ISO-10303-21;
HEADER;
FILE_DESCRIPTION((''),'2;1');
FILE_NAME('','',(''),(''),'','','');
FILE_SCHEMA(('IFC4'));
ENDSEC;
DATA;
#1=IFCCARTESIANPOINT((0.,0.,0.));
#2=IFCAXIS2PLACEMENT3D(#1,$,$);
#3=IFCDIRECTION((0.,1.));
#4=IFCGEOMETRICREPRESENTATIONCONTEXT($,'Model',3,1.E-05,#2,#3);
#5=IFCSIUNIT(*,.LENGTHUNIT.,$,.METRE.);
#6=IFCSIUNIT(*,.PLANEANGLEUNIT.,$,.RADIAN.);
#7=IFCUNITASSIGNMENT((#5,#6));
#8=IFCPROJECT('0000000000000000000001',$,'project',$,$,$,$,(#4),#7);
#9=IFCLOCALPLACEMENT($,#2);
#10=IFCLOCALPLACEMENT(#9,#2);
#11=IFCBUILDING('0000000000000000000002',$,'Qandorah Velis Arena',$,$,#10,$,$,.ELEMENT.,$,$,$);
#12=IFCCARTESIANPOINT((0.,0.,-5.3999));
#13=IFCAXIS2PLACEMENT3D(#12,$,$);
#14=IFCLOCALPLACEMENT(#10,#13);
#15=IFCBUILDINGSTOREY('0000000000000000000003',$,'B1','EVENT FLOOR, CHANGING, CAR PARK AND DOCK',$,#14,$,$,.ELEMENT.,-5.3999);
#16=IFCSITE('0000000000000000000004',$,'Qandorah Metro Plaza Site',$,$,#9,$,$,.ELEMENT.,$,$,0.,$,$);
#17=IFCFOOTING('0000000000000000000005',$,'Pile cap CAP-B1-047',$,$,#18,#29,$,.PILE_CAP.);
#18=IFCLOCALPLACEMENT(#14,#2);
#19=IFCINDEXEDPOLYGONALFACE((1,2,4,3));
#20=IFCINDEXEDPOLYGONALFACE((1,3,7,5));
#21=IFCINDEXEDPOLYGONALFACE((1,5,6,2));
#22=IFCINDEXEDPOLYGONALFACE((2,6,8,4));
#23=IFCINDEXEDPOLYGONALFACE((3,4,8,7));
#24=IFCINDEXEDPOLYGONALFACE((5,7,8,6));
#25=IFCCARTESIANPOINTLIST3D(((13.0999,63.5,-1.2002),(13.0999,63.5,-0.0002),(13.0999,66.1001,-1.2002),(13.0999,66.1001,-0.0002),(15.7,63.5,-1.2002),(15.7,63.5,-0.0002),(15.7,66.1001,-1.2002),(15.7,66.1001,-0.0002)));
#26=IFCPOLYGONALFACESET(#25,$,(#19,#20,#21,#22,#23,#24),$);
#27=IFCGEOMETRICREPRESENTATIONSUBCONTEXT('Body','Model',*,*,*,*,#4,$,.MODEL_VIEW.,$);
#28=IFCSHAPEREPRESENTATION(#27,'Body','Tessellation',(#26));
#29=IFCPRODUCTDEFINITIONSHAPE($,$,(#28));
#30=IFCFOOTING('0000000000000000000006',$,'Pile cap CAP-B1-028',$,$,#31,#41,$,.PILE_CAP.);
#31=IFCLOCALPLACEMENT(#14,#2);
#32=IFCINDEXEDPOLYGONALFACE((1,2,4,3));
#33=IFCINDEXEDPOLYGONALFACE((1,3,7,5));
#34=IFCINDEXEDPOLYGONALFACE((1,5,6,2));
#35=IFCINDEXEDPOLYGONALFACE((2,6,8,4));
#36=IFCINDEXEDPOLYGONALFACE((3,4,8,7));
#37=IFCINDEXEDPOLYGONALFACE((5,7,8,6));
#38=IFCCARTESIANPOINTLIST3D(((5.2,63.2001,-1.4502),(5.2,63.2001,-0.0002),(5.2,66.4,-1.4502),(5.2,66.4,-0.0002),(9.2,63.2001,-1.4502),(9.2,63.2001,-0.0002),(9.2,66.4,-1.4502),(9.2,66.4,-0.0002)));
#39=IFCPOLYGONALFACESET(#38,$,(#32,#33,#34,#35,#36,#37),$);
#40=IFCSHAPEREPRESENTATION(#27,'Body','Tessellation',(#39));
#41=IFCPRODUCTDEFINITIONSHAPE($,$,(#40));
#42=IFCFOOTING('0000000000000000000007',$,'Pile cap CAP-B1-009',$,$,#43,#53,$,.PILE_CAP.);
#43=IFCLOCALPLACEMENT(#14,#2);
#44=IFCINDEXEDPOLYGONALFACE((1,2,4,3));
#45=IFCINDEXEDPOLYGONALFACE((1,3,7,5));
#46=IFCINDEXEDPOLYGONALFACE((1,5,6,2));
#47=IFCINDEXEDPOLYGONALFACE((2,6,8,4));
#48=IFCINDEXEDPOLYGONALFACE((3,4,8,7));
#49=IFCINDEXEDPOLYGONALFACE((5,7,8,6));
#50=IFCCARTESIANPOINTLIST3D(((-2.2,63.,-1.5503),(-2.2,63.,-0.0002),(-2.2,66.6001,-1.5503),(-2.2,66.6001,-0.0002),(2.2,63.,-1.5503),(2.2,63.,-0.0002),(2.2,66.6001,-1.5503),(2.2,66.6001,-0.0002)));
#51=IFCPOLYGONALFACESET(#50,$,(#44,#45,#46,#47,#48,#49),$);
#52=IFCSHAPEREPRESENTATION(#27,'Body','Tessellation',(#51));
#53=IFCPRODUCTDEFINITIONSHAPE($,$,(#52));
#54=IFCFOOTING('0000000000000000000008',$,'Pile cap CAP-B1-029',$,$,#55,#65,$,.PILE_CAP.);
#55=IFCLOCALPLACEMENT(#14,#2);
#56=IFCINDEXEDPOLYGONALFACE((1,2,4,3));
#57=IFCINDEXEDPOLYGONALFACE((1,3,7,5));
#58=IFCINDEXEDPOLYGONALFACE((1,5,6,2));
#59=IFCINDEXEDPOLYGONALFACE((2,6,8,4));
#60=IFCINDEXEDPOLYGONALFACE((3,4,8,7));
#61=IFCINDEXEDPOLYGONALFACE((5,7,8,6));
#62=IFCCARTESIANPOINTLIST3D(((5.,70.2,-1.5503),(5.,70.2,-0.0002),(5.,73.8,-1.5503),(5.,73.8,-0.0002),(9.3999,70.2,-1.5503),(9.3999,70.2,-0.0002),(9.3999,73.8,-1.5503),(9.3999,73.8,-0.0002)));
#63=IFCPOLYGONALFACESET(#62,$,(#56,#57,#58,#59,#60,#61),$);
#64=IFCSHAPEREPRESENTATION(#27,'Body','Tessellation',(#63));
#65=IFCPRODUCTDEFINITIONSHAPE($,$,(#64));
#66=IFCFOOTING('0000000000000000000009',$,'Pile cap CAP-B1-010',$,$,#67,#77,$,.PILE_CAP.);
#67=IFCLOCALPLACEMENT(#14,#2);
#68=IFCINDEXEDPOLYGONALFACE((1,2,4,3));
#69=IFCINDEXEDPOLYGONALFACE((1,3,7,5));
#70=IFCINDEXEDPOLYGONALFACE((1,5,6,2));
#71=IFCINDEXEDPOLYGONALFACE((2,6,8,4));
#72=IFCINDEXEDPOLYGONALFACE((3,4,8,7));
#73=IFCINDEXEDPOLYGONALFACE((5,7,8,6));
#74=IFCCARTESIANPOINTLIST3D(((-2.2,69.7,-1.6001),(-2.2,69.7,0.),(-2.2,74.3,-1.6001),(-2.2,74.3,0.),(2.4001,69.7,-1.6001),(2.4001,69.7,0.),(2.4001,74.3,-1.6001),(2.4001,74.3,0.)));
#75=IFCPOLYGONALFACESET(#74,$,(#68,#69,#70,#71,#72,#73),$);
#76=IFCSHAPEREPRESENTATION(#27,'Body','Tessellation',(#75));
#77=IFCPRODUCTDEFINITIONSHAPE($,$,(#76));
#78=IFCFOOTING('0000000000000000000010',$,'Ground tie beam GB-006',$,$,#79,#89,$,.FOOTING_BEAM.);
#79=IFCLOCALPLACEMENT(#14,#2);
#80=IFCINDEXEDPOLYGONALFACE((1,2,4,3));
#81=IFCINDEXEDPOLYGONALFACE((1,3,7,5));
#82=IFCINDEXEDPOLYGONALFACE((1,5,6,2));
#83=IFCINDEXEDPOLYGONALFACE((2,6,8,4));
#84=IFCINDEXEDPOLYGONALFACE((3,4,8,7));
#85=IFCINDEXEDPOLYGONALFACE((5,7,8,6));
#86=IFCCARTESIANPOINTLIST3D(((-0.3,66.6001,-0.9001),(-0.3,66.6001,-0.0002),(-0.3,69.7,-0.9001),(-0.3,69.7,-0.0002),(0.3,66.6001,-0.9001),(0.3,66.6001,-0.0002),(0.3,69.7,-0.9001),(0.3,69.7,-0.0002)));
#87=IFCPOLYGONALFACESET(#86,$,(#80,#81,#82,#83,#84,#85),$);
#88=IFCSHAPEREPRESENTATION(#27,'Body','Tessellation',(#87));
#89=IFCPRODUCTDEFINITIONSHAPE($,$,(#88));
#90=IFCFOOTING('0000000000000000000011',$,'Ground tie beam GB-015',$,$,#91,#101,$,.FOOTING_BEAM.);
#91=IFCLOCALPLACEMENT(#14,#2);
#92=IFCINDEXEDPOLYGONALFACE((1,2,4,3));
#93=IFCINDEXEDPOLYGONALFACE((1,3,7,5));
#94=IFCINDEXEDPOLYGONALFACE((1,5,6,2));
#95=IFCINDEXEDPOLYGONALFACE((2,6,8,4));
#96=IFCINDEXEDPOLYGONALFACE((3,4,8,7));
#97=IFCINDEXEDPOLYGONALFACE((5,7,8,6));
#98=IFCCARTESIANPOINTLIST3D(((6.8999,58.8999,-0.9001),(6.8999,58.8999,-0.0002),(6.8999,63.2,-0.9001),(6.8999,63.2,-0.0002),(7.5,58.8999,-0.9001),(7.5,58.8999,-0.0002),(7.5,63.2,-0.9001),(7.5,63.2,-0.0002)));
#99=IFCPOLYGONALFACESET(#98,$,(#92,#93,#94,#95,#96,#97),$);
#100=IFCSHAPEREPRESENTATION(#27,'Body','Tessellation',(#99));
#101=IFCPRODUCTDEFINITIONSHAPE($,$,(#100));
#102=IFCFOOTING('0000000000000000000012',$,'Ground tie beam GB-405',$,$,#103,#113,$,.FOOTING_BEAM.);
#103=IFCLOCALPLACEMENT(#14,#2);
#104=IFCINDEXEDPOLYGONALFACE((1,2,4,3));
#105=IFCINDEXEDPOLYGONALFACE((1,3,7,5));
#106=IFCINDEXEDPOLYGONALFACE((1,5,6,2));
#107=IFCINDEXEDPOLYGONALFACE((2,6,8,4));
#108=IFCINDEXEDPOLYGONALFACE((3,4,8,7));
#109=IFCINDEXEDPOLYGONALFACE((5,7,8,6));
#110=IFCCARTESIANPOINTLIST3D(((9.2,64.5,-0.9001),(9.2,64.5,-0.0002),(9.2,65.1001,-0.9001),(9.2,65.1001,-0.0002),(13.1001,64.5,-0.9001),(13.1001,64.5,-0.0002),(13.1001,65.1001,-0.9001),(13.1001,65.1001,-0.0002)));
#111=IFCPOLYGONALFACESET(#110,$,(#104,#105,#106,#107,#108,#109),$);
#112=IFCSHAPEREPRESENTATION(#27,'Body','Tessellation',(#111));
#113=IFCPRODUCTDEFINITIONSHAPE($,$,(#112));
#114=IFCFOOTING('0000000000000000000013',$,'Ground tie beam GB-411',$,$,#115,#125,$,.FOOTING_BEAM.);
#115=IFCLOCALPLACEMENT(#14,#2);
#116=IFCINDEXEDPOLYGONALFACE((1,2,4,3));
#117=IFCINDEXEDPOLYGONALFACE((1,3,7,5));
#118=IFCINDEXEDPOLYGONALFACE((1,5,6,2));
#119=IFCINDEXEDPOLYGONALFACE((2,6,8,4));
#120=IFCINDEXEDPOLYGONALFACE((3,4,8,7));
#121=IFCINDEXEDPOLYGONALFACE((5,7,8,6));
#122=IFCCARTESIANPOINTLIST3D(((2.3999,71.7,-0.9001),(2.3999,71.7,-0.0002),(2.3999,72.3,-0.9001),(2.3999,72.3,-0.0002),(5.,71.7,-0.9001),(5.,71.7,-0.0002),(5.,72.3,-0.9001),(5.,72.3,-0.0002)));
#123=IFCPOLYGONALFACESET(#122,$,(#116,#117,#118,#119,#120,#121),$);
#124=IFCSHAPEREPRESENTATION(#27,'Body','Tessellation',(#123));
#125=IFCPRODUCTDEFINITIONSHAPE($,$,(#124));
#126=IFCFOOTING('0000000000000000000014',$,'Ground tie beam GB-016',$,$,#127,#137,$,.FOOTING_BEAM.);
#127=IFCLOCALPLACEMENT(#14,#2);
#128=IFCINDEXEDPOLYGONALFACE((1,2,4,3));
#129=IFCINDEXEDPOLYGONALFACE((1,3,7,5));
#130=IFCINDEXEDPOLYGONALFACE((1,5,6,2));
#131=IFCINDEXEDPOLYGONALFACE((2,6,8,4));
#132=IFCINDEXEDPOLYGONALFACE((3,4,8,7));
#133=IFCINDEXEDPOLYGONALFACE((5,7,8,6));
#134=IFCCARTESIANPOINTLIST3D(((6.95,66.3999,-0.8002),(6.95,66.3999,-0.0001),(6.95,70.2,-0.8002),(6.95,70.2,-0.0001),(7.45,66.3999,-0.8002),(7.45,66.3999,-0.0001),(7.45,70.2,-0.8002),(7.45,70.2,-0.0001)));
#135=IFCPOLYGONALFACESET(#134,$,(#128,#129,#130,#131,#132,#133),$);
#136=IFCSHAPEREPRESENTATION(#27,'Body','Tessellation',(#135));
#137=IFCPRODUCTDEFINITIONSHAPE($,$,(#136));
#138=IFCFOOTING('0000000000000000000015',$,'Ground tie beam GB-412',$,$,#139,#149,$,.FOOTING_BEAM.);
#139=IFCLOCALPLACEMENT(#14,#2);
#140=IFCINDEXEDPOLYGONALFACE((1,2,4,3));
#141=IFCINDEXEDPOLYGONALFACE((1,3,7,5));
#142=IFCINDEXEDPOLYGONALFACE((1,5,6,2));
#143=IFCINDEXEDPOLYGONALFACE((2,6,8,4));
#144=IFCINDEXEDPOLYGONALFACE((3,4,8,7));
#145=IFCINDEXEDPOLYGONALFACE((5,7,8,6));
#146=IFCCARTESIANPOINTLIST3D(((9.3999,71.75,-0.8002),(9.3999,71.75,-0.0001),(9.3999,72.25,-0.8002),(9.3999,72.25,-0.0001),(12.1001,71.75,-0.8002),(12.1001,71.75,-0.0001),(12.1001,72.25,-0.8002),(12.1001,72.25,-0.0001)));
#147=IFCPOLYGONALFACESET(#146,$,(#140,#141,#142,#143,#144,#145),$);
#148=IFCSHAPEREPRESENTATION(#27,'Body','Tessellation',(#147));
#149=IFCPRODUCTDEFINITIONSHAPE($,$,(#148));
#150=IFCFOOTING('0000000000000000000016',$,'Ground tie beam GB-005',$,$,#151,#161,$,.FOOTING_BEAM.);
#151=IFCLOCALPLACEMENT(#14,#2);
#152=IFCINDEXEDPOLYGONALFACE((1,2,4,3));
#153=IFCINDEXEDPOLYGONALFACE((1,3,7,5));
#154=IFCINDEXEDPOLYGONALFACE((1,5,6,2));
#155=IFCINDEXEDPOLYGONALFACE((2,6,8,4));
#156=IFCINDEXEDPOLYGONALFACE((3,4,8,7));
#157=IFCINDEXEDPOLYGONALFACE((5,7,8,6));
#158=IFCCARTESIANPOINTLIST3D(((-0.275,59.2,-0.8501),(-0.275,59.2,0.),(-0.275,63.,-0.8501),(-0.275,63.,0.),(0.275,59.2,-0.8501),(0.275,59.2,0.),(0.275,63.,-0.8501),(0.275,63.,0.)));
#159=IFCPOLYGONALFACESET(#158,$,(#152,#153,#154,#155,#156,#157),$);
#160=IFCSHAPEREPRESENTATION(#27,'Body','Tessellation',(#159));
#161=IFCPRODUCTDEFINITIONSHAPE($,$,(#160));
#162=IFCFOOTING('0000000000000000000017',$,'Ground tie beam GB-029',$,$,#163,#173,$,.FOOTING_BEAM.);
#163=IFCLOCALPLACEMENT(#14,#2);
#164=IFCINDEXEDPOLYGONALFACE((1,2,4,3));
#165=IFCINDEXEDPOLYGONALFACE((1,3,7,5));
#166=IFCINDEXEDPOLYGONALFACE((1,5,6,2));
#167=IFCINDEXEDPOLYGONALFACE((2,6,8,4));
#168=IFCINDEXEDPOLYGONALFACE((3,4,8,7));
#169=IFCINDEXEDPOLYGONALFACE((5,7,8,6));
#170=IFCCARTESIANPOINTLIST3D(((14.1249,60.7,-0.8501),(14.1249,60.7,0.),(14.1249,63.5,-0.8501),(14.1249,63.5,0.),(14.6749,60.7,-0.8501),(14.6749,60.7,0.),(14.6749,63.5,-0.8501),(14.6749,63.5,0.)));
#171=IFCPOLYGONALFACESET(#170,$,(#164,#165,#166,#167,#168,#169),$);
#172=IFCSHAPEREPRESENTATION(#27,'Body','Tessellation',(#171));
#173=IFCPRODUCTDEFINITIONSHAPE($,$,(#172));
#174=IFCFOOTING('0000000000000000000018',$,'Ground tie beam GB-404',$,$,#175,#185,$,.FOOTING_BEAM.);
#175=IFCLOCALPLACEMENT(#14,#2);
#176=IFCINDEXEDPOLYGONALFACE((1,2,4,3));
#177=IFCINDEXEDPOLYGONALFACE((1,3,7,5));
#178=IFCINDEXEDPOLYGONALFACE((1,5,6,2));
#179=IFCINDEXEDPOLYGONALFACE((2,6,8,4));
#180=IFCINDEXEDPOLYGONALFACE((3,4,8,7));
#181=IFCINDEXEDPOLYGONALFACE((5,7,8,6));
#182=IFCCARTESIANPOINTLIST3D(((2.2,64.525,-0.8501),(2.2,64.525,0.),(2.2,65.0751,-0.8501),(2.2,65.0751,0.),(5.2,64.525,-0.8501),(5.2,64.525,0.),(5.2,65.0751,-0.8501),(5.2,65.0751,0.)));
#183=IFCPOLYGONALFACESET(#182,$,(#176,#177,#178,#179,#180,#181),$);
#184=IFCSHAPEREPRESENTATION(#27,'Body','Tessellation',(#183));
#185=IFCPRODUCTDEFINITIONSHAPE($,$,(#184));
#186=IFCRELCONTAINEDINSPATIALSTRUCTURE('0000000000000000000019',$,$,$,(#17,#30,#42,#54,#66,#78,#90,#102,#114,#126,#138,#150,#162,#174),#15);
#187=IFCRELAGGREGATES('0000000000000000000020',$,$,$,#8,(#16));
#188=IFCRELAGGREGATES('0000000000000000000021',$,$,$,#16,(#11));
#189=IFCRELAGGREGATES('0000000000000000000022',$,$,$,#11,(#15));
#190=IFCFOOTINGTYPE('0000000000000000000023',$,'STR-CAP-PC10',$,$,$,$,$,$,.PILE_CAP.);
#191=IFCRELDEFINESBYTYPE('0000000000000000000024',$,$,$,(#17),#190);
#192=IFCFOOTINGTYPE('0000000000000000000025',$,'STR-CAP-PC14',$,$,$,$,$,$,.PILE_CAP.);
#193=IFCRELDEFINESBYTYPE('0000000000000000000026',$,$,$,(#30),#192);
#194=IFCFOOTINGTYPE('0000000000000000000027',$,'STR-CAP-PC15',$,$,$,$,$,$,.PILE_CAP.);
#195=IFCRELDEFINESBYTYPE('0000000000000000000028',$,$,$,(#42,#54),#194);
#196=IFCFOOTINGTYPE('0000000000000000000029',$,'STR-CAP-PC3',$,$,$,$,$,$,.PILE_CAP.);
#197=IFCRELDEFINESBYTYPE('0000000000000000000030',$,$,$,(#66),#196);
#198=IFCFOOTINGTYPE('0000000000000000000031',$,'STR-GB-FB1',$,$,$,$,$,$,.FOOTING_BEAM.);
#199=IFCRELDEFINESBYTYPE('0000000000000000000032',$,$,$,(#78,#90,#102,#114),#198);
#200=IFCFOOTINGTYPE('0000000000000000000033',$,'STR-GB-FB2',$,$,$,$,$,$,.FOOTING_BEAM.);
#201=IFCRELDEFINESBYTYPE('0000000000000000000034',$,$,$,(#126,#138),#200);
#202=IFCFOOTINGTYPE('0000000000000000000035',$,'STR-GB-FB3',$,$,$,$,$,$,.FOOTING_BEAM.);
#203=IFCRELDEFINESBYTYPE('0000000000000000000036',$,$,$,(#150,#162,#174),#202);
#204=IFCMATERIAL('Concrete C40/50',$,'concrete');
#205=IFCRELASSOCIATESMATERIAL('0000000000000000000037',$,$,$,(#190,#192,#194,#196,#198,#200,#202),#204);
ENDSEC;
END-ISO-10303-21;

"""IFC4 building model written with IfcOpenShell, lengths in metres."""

from ifc_helpers import new_model, si_unit, direction, frame, origin, origin_2d, place, context, subcontext, project, spatial, rectangle, extrude, material, material_profile, profile_set, type_object, element, save


model = new_model("IFC4")

# Units and contexts
model_context = context("Model", 3, precision=1e-05, world=origin(), true_north=direction((0.0, 1.0)))
body_context = subcontext(model_context, "Body", "Model", "MODEL_VIEW")
ifc_project = project(units=[si_unit("LENGTHUNIT", "METRE"), si_unit("PLANEANGLEUNIT", "RADIAN")], contexts=[model_context])

# Site, building, storey
site_placement = place(None, origin())
site = spatial("IfcSite", under=ifc_project, at=site_placement, Name="Qandorah Metro Plaza Site", CompositionType="ELEMENT", RefElevation=0.0)
building_placement = place(site_placement, origin())
building = spatial("IfcBuilding", under=site, at=building_placement, Name="Qandorah Velis Arena", CompositionType="ELEMENT")
storey_placement = place(building_placement, frame((0.0, 0.0, -5.3999)))
storey = spatial("IfcBuildingStorey", under=building, at=storey_placement, Name="B1", Description="EVENT FLOOR, CHANGING, CAR PARK AND DOCK", CompositionType="ELEMENT", Elevation=-5.3999)

# Footings
ifc_material = material(Name="Concrete C40/50", Category="concrete")
footing_type_1 = type_object("IfcFootingType", Name="STR-CAP-PC10", PredefinedType="PILE_CAP", material=ifc_material)
footing_1_placement = place(storey_placement, frame((14.3999, 64.8, -1.2002), z_axis=(0.0, 0.0, 1.0), x_axis=(1.0, 0.0, 0.0)))
element("IfcFooting", 1, at=footing_1_placement, inside=storey, type_object=footing_type_1, Name="Pile cap CAP-B1-047", PredefinedType="PILE_CAP", context=body_context, shape_type="SweptSolid", body=[
    extrude(rectangle(XDim=2.6001, YDim=2.6001, at=origin_2d()), origin(), (0.0, 0.0, 1.0), 1.2),
])
footing_type_2 = type_object("IfcFootingType", Name="STR-CAP-PC14", PredefinedType="PILE_CAP", material=ifc_material)
footing_2_placement = place(storey_placement, frame((7.2, 64.8, -1.4502), z_axis=(0.0, 0.0, 1.0), x_axis=(1.0, 0.0, 0.0)))
element("IfcFooting", 2, at=footing_2_placement, inside=storey, type_object=footing_type_2, Name="Pile cap CAP-B1-028", PredefinedType="PILE_CAP", context=body_context, shape_type="SweptSolid", body=[
    extrude(rectangle(XDim=4.0, YDim=3.2, at=origin_2d()), origin(), (0.0, 0.0, 1.0), 1.45),
])
footing_type_3 = type_object("IfcFootingType", Name="STR-CAP-PC15", PredefinedType="PILE_CAP", material=ifc_material)
for number, where, z_axis, x_axis, name in (
    (3, (0.0, 64.8, -1.5503), (0.0, 0.0, 1.0), (1.0, 0.0, 0.0), "Pile cap CAP-B1-009"),
    (4, (7.2, 72.0, -1.5503), (0.0, 0.0, 1.0), (1.0, 0.0, 0.0), "Pile cap CAP-B1-029"),
):
    element("IfcFooting", number, at=place(storey_placement, frame(where, z_axis=z_axis, x_axis=x_axis)), inside=storey, type_object=footing_type_3, Name=name, PredefinedType="PILE_CAP", context=body_context, shape_type="SweptSolid", body=[
        extrude(rectangle(XDim=4.3999, YDim=3.6001, at=origin_2d()), origin(), (0.0, 0.0, 1.0), 1.55),
    ])
footing_type_4 = type_object("IfcFootingType", Name="STR-CAP-PC3", PredefinedType="PILE_CAP", material=ifc_material)
footing_3_placement = place(storey_placement, frame((0.1001, 72.0, -1.6001), z_axis=(0.0, 0.0, 1.0), x_axis=(1.0, 0.0, 0.0)))
element("IfcFooting", 5, at=footing_3_placement, inside=storey, type_object=footing_type_4, Name="Pile cap CAP-B1-010", PredefinedType="PILE_CAP", context=body_context, shape_type="SweptSolid", body=[
    extrude(rectangle(XDim=4.6001, YDim=4.6001, at=origin_2d()), origin(), (0.0, 0.0, 1.0), 1.6001),
])
ifc_material_profile_1 = material_profile(ifc_material, rectangle(XDim=0.6001, YDim=0.8999, at=origin_2d()), Name="GB1 600x900")
ifc_profile_set_1 = profile_set([ifc_material_profile_1], Name="Concrete C40/50")
footing_type_5 = type_object("IfcFootingType", Name="STR-GB-FB1", PredefinedType="FOOTING_BEAM", material=ifc_profile_set_1)
footing_4_placement = place(storey_placement, frame((0.0, 66.6001, -0.4502), z_axis=(0.0, 1.0, 0.0), x_axis=(-1.0, 0.0, 0.0)))
element("IfcFooting", 6, at=footing_4_placement, inside=storey, type_object=footing_type_5, Name="Ground tie beam GB-006", PredefinedType="FOOTING_BEAM", context=body_context, shape_type="SweptSolid", body=[
    extrude(rectangle(XDim=0.6001, YDim=0.8999, at=origin_2d()), origin(), (0.0, 0.0, 1.0), 3.0999),
])
footing_5_placement = place(storey_placement, frame((7.2, 58.8999, -0.4502), z_axis=(0.0, 1.0, 0.0), x_axis=(-1.0, 0.0, 0.0)))
element("IfcFooting", 7, at=footing_5_placement, inside=storey, type_object=footing_type_5, Name="Ground tie beam GB-015", PredefinedType="FOOTING_BEAM", context=body_context, shape_type="SweptSolid", body=[
    extrude(rectangle(XDim=0.6001, YDim=0.8999, at=origin_2d()), origin(), (0.0, 0.0, 1.0), 4.3),
])
footing_6_placement = place(storey_placement, frame((9.2, 64.8, -0.4502), z_axis=(1.0, 0.0, 0.0), x_axis=(0.0, 1.0, 0.0)))
element("IfcFooting", 8, at=footing_6_placement, inside=storey, type_object=footing_type_5, Name="Ground tie beam GB-405", PredefinedType="FOOTING_BEAM", context=body_context, shape_type="SweptSolid", body=[
    extrude(rectangle(XDim=0.6001, YDim=0.8999, at=origin_2d()), origin(), (0.0, 0.0, 1.0), 3.9001),
])
footing_7_placement = place(storey_placement, frame((2.3999, 72.0, -0.4502), z_axis=(1.0, 0.0, 0.0), x_axis=(0.0, 1.0, 0.0)))
element("IfcFooting", 9, at=footing_7_placement, inside=storey, type_object=footing_type_5, Name="Ground tie beam GB-411", PredefinedType="FOOTING_BEAM", context=body_context, shape_type="SweptSolid", body=[
    extrude(rectangle(XDim=0.6001, YDim=0.8999, at=origin_2d()), origin(), (0.0, 0.0, 1.0), 2.6001),
])
ifc_material_profile_2 = material_profile(ifc_material, rectangle(XDim=0.5, YDim=0.8, at=origin_2d()), Name="GB2 500x800")
ifc_profile_set_2 = profile_set([ifc_material_profile_2], Name="Concrete C40/50")
footing_type_6 = type_object("IfcFootingType", Name="STR-GB-FB2", PredefinedType="FOOTING_BEAM", material=ifc_profile_set_2)
footing_8_placement = place(storey_placement, frame((7.2, 66.3999, -0.4001), z_axis=(0.0, 1.0, 0.0), x_axis=(-1.0, 0.0, 0.0)))
element("IfcFooting", 10, at=footing_8_placement, inside=storey, type_object=footing_type_6, Name="Ground tie beam GB-016", PredefinedType="FOOTING_BEAM", context=body_context, shape_type="SweptSolid", body=[
    extrude(rectangle(XDim=0.5, YDim=0.8, at=origin_2d()), origin(), (0.0, 0.0, 1.0), 3.8),
])
footing_9_placement = place(storey_placement, frame((9.3999, 72.0, -0.4001), z_axis=(1.0, 0.0, 0.0), x_axis=(0.0, 1.0, 0.0)))
element("IfcFooting", 11, at=footing_9_placement, inside=storey, type_object=footing_type_6, Name="Ground tie beam GB-412", PredefinedType="FOOTING_BEAM", context=body_context, shape_type="SweptSolid", body=[
    extrude(rectangle(XDim=0.5, YDim=0.8, at=origin_2d()), origin(), (0.0, 0.0, 1.0), 2.7002),
])
ifc_material_profile_3 = material_profile(ifc_material, rectangle(XDim=0.55, YDim=0.8501, at=origin_2d()), Name="GB3 550x850")
ifc_profile_set_3 = profile_set([ifc_material_profile_3], Name="Concrete C40/50")
footing_type_7 = type_object("IfcFootingType", Name="STR-GB-FB3", PredefinedType="FOOTING_BEAM", material=ifc_profile_set_3)
footing_10_placement = place(storey_placement, frame((0.0, 59.2, -0.425), z_axis=(0.0, 1.0, 0.0), x_axis=(-1.0, 0.0, 0.0)))
element("IfcFooting", 12, at=footing_10_placement, inside=storey, type_object=footing_type_7, Name="Ground tie beam GB-005", PredefinedType="FOOTING_BEAM", context=body_context, shape_type="SweptSolid", body=[
    extrude(rectangle(XDim=0.55, YDim=0.8501, at=origin_2d()), origin(), (0.0, 0.0, 1.0), 3.8),
])
footing_11_placement = place(storey_placement, frame((14.3999, 60.7, -0.425), z_axis=(0.0, 1.0, 0.0), x_axis=(-1.0, 0.0, 0.0)))
element("IfcFooting", 13, at=footing_11_placement, inside=storey, type_object=footing_type_7, Name="Ground tie beam GB-029", PredefinedType="FOOTING_BEAM", context=body_context, shape_type="SweptSolid", body=[
    extrude(rectangle(XDim=0.55, YDim=0.8501, at=origin_2d()), origin(), (0.0, 0.0, 1.0), 2.8),
])
footing_12_placement = place(storey_placement, frame((2.2, 64.8, -0.425), z_axis=(1.0, 0.0, 0.0), x_axis=(0.0, 1.0, 0.0)))
element("IfcFooting", 14, at=footing_12_placement, inside=storey, type_object=footing_type_7, Name="Ground tie beam GB-404", PredefinedType="FOOTING_BEAM", context=body_context, shape_type="SweptSolid", body=[
    extrude(rectangle(XDim=0.55, YDim=0.8501, at=origin_2d()), origin(), (0.0, 0.0, 1.0), 3.0),
])

save(model, "model.ifc")
